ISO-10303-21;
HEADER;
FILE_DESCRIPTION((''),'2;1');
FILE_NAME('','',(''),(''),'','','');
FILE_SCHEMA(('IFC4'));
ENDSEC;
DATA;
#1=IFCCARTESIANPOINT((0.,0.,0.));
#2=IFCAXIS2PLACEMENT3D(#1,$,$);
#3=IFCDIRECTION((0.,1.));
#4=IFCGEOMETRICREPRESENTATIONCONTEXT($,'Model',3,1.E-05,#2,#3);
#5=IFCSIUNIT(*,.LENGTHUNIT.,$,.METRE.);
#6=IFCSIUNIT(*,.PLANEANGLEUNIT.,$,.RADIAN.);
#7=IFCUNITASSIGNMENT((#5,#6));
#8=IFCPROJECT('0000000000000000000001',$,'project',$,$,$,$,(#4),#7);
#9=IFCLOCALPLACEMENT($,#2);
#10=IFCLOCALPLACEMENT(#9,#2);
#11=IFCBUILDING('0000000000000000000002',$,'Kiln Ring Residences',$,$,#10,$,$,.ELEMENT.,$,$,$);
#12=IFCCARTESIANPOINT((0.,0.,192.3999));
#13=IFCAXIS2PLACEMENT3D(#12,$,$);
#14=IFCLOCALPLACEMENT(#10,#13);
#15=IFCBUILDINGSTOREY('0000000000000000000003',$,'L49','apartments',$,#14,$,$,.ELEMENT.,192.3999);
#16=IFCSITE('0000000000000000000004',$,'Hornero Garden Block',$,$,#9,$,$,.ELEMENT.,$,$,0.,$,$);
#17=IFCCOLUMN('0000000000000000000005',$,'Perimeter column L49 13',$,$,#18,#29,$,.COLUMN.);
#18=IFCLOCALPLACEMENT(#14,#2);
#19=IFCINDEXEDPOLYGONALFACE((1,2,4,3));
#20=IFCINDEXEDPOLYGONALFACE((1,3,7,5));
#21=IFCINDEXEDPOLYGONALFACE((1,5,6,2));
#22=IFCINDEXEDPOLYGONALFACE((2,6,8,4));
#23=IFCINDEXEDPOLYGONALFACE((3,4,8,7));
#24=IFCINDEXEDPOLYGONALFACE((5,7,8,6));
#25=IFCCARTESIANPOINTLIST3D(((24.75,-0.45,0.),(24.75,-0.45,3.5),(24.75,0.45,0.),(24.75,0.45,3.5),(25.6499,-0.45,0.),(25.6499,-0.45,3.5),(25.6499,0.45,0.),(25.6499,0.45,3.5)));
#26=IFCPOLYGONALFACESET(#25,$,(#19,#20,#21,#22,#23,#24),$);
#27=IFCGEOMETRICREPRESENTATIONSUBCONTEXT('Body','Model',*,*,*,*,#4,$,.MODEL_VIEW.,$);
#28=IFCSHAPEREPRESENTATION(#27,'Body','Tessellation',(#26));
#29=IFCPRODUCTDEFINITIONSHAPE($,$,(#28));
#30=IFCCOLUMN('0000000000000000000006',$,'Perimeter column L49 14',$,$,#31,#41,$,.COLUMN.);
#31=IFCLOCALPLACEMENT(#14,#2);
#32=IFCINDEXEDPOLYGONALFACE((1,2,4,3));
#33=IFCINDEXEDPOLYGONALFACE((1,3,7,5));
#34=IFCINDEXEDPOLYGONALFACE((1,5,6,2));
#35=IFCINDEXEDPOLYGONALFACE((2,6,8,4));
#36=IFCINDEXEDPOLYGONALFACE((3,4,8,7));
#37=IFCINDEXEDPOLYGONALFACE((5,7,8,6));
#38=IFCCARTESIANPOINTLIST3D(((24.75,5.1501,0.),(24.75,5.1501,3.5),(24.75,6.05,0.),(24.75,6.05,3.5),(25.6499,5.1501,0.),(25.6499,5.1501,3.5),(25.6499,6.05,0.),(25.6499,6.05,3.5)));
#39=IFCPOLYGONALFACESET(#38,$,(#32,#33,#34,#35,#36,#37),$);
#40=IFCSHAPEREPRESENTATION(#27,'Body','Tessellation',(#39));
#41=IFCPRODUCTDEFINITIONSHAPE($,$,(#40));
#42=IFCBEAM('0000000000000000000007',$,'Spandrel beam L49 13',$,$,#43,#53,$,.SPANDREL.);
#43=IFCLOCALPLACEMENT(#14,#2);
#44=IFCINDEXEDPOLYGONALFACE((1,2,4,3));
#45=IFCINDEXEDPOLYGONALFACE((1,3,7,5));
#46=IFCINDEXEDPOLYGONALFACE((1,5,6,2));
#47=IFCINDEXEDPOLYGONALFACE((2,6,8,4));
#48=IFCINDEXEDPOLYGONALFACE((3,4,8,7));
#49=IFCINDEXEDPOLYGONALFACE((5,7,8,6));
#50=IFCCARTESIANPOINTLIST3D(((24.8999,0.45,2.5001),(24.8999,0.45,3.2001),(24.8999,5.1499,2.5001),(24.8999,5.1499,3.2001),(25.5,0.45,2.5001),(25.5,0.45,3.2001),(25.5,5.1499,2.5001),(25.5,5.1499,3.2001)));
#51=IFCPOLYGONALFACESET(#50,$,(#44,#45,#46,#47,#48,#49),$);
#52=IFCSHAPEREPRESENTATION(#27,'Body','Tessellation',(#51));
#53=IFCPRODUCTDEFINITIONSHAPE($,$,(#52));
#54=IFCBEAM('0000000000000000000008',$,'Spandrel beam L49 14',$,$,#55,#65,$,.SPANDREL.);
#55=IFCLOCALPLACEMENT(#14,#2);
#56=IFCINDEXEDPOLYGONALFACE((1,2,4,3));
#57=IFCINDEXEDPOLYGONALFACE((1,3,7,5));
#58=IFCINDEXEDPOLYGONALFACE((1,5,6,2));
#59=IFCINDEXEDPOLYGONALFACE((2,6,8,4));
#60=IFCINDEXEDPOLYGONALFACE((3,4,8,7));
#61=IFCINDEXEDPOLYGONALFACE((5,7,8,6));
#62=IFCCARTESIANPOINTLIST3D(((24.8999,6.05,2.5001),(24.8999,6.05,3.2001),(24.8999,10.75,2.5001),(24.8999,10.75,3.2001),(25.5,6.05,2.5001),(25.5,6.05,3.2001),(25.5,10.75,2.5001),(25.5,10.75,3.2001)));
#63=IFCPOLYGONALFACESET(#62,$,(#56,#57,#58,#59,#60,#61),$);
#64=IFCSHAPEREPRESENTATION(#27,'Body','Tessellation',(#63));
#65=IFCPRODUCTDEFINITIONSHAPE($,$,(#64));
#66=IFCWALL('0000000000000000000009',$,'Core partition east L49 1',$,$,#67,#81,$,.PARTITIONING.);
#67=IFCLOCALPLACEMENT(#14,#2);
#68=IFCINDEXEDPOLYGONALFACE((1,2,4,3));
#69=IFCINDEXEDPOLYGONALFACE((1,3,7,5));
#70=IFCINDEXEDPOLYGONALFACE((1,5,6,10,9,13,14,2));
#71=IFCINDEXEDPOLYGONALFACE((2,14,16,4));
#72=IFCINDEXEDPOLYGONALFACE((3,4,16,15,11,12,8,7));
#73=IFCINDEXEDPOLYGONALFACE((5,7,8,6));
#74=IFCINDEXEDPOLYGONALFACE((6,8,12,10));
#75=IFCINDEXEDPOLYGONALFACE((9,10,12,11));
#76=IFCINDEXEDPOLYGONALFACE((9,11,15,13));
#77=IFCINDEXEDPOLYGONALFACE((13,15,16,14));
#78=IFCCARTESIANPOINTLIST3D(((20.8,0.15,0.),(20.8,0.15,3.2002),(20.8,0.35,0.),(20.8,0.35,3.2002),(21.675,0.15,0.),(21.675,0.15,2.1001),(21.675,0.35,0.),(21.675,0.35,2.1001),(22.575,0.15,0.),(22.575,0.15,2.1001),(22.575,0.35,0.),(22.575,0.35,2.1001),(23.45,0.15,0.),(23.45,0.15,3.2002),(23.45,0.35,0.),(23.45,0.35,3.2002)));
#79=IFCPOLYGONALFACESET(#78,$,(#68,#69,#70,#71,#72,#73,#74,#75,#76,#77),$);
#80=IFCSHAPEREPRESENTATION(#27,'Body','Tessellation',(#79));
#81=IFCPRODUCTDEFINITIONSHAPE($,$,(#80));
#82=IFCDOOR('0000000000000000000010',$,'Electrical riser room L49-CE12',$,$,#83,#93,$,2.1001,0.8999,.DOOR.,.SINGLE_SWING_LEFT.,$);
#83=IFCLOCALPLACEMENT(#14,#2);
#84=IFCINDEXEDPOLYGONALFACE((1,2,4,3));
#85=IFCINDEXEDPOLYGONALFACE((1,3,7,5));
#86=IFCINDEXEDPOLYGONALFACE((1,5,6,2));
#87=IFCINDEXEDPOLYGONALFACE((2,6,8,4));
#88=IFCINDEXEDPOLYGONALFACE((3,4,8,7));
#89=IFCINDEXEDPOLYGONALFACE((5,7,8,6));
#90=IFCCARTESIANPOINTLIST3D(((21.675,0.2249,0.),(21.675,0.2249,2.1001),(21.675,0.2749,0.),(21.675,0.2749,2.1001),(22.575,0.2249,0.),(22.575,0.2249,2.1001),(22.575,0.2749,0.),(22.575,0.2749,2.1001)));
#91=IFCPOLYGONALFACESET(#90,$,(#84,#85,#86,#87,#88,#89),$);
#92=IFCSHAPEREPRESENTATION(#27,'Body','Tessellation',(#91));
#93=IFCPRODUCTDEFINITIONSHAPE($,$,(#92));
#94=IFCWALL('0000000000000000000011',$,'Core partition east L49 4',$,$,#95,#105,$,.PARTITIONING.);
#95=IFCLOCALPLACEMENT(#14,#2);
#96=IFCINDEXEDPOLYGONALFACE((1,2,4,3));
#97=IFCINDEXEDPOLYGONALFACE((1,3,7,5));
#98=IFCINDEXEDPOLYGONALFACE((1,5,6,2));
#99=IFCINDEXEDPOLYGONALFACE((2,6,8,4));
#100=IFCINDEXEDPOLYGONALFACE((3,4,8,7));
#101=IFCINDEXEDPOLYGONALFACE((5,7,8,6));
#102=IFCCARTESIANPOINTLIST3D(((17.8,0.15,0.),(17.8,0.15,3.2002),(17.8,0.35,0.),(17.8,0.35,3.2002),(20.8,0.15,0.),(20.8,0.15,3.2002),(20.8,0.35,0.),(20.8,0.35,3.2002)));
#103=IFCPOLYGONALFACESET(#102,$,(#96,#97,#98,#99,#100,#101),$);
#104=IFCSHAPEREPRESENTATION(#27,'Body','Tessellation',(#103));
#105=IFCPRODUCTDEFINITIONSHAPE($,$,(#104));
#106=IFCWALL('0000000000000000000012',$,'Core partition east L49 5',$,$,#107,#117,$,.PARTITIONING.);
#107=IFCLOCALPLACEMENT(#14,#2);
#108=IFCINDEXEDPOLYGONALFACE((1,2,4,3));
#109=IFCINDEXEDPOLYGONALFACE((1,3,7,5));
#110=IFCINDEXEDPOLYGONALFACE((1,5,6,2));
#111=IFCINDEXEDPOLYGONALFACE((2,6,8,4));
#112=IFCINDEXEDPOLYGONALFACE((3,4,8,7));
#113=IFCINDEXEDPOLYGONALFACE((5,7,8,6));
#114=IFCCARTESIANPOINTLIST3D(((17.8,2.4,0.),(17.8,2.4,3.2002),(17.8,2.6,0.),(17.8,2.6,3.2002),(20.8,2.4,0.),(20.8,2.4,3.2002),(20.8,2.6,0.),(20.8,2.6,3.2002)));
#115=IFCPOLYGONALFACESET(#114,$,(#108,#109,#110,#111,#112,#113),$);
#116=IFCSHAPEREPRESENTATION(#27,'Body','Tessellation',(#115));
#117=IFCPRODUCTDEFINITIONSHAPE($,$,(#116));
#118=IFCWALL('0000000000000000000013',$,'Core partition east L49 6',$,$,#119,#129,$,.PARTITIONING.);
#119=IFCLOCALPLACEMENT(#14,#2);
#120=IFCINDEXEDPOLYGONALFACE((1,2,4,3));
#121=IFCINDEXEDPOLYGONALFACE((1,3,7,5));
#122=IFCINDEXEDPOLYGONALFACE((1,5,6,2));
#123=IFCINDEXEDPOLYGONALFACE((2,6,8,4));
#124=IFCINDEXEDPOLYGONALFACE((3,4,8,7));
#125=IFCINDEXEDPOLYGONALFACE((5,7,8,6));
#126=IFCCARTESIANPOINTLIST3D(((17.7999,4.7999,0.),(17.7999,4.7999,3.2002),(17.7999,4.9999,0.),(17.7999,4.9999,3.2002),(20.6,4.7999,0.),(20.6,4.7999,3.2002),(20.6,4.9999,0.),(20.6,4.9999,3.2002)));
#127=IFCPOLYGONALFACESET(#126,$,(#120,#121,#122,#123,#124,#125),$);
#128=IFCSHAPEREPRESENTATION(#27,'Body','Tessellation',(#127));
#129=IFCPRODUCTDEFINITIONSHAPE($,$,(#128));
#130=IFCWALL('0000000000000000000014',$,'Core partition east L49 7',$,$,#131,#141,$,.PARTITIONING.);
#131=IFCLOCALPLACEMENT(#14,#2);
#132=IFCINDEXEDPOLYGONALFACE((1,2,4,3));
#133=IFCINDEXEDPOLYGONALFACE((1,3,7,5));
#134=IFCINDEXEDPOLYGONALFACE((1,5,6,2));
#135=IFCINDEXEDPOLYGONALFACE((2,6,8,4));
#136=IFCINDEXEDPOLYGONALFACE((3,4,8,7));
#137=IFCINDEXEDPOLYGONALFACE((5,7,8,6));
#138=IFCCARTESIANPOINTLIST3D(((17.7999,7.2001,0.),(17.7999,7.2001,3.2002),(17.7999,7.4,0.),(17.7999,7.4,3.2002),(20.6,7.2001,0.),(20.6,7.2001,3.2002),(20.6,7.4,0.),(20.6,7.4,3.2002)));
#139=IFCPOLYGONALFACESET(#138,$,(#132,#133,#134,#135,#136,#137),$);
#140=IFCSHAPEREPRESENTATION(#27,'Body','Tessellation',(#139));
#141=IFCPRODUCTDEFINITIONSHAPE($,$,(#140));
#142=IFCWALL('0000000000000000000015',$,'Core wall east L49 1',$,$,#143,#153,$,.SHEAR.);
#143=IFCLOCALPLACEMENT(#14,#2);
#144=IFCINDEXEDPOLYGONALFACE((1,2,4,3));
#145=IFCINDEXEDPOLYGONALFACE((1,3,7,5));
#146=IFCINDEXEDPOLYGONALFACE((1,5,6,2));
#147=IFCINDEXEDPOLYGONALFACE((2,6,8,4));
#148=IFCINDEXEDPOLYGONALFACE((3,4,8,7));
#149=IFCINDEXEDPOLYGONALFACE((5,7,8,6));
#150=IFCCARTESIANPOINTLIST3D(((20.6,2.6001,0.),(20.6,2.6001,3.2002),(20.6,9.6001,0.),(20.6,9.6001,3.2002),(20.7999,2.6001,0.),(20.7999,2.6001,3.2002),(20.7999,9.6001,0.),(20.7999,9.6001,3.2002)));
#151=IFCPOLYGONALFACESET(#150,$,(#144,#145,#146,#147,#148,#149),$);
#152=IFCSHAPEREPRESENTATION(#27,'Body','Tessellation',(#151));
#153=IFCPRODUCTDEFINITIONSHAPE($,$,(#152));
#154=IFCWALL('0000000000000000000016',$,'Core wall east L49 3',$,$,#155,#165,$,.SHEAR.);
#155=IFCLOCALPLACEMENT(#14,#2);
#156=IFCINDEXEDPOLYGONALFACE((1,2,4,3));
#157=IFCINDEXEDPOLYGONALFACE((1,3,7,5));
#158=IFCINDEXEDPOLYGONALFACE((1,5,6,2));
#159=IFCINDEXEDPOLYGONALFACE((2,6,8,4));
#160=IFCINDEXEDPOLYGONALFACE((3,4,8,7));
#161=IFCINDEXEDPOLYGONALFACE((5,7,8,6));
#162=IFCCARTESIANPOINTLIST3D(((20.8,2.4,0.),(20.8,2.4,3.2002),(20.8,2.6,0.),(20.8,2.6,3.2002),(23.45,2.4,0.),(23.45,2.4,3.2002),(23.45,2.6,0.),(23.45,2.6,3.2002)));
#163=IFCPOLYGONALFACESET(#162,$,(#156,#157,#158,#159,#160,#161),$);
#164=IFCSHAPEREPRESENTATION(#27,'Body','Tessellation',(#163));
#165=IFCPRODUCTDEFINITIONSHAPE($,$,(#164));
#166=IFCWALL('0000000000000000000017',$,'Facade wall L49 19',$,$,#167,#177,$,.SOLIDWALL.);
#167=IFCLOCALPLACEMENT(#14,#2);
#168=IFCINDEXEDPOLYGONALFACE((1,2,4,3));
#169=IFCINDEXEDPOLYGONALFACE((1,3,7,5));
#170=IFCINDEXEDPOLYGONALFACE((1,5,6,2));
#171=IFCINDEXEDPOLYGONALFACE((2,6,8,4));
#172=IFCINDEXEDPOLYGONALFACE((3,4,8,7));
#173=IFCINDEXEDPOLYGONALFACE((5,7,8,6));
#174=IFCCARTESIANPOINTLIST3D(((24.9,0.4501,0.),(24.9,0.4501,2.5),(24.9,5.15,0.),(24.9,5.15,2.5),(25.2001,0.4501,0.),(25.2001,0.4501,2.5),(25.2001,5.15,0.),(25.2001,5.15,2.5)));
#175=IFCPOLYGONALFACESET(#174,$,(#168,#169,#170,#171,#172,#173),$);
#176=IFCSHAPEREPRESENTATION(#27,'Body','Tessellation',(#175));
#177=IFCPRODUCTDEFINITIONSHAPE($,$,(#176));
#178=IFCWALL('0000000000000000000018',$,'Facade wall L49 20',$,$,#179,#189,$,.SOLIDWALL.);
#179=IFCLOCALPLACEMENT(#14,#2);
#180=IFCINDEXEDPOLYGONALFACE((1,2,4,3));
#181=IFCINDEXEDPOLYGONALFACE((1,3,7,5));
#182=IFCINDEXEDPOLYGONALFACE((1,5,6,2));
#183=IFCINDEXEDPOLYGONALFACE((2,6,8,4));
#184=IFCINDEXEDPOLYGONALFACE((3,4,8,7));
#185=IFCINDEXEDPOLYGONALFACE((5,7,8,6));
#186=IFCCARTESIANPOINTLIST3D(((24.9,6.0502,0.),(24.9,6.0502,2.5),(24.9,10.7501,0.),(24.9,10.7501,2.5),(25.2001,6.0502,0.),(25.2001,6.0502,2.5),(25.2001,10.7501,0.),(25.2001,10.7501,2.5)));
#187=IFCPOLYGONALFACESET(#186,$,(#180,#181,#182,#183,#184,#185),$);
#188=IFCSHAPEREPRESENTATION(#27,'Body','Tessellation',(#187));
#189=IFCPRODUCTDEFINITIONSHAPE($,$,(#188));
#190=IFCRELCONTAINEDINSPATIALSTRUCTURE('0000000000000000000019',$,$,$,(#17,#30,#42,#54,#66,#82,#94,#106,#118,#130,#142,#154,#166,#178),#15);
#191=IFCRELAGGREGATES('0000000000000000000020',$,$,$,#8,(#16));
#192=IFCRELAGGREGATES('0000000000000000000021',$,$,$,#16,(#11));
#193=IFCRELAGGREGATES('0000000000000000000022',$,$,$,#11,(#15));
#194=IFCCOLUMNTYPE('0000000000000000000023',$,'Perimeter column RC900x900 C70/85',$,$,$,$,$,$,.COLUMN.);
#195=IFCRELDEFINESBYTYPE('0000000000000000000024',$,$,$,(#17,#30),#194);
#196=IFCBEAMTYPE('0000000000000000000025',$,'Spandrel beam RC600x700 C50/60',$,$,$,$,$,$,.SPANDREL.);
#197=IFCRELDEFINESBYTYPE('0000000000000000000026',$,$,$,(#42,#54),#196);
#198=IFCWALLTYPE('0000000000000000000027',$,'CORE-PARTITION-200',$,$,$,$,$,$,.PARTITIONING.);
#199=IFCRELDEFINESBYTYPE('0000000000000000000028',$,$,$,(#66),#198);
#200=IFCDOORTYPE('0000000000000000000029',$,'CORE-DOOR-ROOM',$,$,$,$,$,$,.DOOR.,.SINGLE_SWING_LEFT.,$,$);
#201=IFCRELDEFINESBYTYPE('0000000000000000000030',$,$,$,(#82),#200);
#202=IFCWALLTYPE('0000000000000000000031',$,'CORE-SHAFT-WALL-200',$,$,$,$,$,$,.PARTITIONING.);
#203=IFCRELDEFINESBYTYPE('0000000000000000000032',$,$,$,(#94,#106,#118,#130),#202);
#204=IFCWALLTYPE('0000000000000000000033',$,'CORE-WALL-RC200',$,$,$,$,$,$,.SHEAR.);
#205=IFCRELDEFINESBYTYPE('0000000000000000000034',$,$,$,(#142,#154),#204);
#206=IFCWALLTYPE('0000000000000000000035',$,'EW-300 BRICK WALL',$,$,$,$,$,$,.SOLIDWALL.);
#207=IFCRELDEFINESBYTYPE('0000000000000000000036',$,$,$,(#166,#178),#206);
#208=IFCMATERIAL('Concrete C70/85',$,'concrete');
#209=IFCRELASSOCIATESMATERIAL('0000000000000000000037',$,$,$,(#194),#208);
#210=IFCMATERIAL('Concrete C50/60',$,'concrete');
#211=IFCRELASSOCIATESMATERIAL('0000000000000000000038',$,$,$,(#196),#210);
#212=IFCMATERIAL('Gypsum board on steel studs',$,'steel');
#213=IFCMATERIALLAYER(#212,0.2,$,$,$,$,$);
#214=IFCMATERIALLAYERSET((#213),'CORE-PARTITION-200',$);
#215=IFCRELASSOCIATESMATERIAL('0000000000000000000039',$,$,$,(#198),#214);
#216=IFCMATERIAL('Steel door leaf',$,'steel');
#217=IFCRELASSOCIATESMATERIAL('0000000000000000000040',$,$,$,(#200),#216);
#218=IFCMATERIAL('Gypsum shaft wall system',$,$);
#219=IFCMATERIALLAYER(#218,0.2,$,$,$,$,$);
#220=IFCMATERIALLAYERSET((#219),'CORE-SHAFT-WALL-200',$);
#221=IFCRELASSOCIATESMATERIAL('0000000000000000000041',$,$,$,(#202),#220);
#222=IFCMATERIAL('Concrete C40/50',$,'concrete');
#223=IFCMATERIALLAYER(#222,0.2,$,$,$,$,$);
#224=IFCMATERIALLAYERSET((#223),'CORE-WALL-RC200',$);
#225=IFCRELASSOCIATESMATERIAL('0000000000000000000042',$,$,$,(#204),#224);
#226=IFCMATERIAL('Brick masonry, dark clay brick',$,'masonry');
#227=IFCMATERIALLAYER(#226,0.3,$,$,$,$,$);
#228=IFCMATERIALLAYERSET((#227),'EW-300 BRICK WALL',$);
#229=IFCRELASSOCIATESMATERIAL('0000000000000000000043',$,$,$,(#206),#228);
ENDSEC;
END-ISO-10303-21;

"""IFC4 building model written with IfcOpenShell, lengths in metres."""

from ifc_helpers import new_model, si_unit, direction, frame, frame_2d, origin, origin_2d, place, context, subcontext, project, spatial, rectangle, extrude, material, layer, layer_set, material_profile, profile_set, type_object, element, fill, save


model = new_model("IFC4")

# Units and contexts
model_context = context("Model", 3, precision=1e-05, world=origin(), true_north=direction((0.0, 1.0)))
body_context = subcontext(model_context, "Body", "Model", "MODEL_VIEW")
ifc_project = project(units=[si_unit("LENGTHUNIT", "METRE"), si_unit("PLANEANGLEUNIT", "RADIAN")], contexts=[model_context])

# Site, building, storey
site_placement = place(None, origin())
site = spatial("IfcSite", under=ifc_project, at=site_placement, Name="Hornero Garden Block", CompositionType="ELEMENT", RefElevation=0.0)
building_placement = place(site_placement, origin())
building = spatial("IfcBuilding", under=site, at=building_placement, Name="Kiln Ring Residences", CompositionType="ELEMENT")
storey_placement = place(building_placement, frame((0.0, 0.0, 192.3999)))
storey = spatial("IfcBuildingStorey", under=building, at=storey_placement, Name="L49", Description="apartments", CompositionType="ELEMENT", Elevation=192.3999)

# Columns
ifc_material_1 = material(Name="Concrete C70/85", Category="concrete")
ifc_material_profile_1 = material_profile(ifc_material_1, rectangle(XDim=0.8999, YDim=0.8999, at=origin_2d()), Name="RC900x900")
ifc_profile_set_1 = profile_set([ifc_material_profile_1], Name="Concrete C70/85")
column_type = type_object("IfcColumnType", Name="Perimeter column RC900x900 C70/85", PredefinedType="COLUMN", material=ifc_profile_set_1)
for number, where, z_axis, x_axis, name in (
    (1, (25.2, 0.0, 0.0), (0.0, 0.0, 1.0), (1.0, 0.0, 0.0), "Perimeter column L49 13"),
    (2, (25.2, 5.6001, 0.0), (0.0, 0.0, 1.0), (1.0, 0.0, 0.0), "Perimeter column L49 14"),
):
    element("IfcColumn", number, at=place(storey_placement, frame(where, z_axis=z_axis, x_axis=x_axis)), inside=storey, type_object=column_type, Name=name, PredefinedType="COLUMN", context=body_context, shape_type="SweptSolid", body=[
        extrude(rectangle(XDim=0.8999, YDim=0.8999, at=origin_2d()), origin(), (0.0, 0.0, 1.0), 3.5),
    ])

# Beams
ifc_material_2 = material(Name="Concrete C50/60", Category="concrete")
ifc_material_profile_2 = material_profile(ifc_material_2, rectangle(XDim=0.6001, YDim=0.7, at=origin_2d()), Name="RC600x700")
ifc_profile_set_2 = profile_set([ifc_material_profile_2], Name="Concrete C50/60")
beam_type = type_object("IfcBeamType", Name="Spandrel beam RC600x700 C50/60", PredefinedType="SPANDREL", material=ifc_profile_set_2)
for number, where, z_axis, x_axis, name in (
    (3, (25.2, 0.45, 2.8501), (0.0, 1.0, 0.0), (-1.0, 0.0, 0.0), "Spandrel beam L49 13"),
    (4, (25.2, 6.05, 2.8501), (0.0, 1.0, 0.0), (-1.0, 0.0, 0.0), "Spandrel beam L49 14"),
):
    element("IfcBeam", number, at=place(storey_placement, frame(where, z_axis=z_axis, x_axis=x_axis)), inside=storey, type_object=beam_type, Name=name, PredefinedType="SPANDREL", context=body_context, shape_type="SweptSolid", body=[
        extrude(rectangle(XDim=0.6001, YDim=0.7, at=origin_2d()), origin(), (0.0, 0.0, 1.0), 4.7),
    ])

# Wall, opening, door
ifc_material_3 = material(Name="Gypsum board on steel studs", Category="steel")
ifc_layer_1 = layer(ifc_material_3, 0.2)
ifc_layer_set_1 = layer_set([ifc_layer_1], Name="CORE-PARTITION-200")
wall_type_1 = type_object("IfcWallType", Name="CORE-PARTITION-200", PredefinedType="PARTITIONING", material=ifc_layer_set_1)
wall_1_placement = place(storey_placement, frame((20.8, 0.25, 0.0), z_axis=(0.0, 0.0, 1.0), x_axis=(1.0, 0.0, 0.0)))
wall_1 = element("IfcWall", 5, at=wall_1_placement, inside=storey, type_object=wall_type_1, Name="Core partition east L49 1", PredefinedType="PARTITIONING", context=body_context, shape_type="SweptSolid", body=[
    extrude(rectangle(XDim=2.6499, YDim=0.2, at=frame_2d((1.325, 0.0))), origin(), (0.0, 0.0, 1.0), 3.2002),
])
opening_placement = place(wall_1_placement, frame((0.875, 0.0, 0.0)))
opening = element("IfcOpeningElement", 6, at=opening_placement, cuts=wall_1, PredefinedType="OPENING", context=body_context, shape_type="SweptSolid", body=[
    extrude(rectangle(XDim=0.8999, YDim=2.1001, at=frame_2d((0.45, 1.05))), frame((0.0, 0.1099, 0.0), z_axis=(0.0, -1.0, 0.0), x_axis=(1.0, 0.0, 0.0)), (0.0, 0.0, 1.0), 0.22),
])
ifc_material_4 = material(Name="Steel door leaf", Category="steel")
door_type = type_object("IfcDoorType", Name="CORE-DOOR-ROOM", OperationType="SINGLE_SWING_LEFT", PredefinedType="DOOR", material=ifc_material_4)
door_placement = place(opening_placement, origin())
door = element("IfcDoor", 7, at=door_placement, inside=storey, type_object=door_type, Name="Electrical riser room L49-CE12", OperationType="SINGLE_SWING_LEFT", OverallHeight=2.1001, OverallWidth=0.8999, PredefinedType="DOOR", context=body_context, shape_type="SweptSolid", body=[
    extrude(rectangle(XDim=0.8999, YDim=2.1001, at=frame_2d((0.45, 1.05))), frame((0.0, 0.0249, 0.0), z_axis=(0.0, -1.0, 0.0), x_axis=(1.0, 0.0, 0.0)), (0.0, 0.0, 1.0), 0.05),
])
fill(opening, door)

# Walls
ifc_material_5 = material(Name="Gypsum shaft wall system")
ifc_layer_2 = layer(ifc_material_5, 0.2)
ifc_layer_set_2 = layer_set([ifc_layer_2], Name="CORE-SHAFT-WALL-200")
wall_type_2 = type_object("IfcWallType", Name="CORE-SHAFT-WALL-200", PredefinedType="PARTITIONING", material=ifc_layer_set_2)
for number, where, z_axis, x_axis, name in (
    (8, (17.8, 0.25, 0.0), (0.0, 0.0, 1.0), (1.0, 0.0, 0.0), "Core partition east L49 4"),
    (9, (17.8, 2.5, 0.0), (0.0, 0.0, 1.0), (1.0, 0.0, 0.0), "Core partition east L49 5"),
):
    element("IfcWall", number, at=place(storey_placement, frame(where, z_axis=z_axis, x_axis=x_axis)), inside=storey, type_object=wall_type_2, Name=name, PredefinedType="PARTITIONING", context=body_context, shape_type="SweptSolid", body=[
        extrude(rectangle(XDim=3.0, YDim=0.2, at=frame_2d((1.5, 0.0))), origin(), (0.0, 0.0, 1.0), 3.2002),
    ])
for number, where, z_axis, x_axis, name in (
    (10, (17.8, 4.8999, 0.0), (0.0, 0.0, 1.0), (1.0, 0.0, 0.0), "Core partition east L49 6"),
    (11, (17.8, 7.3, 0.0), (0.0, 0.0, 1.0), (1.0, 0.0, 0.0), "Core partition east L49 7"),
):
    element("IfcWall", number, at=place(storey_placement, frame(where, z_axis=z_axis, x_axis=x_axis)), inside=storey, type_object=wall_type_2, Name=name, PredefinedType="PARTITIONING", context=body_context, shape_type="SweptSolid", body=[
        extrude(rectangle(XDim=2.8, YDim=0.2, at=frame_2d((1.3999, 0.0))), origin(), (0.0, 0.0, 1.0), 3.2002),
    ])
ifc_material_6 = material(Name="Concrete C40/50", Category="concrete")
ifc_layer_3 = layer(ifc_material_6, 0.2)
ifc_layer_set_3 = layer_set([ifc_layer_3], Name="CORE-WALL-RC200")
wall_type_3 = type_object("IfcWallType", Name="CORE-WALL-RC200", PredefinedType="SHEAR", material=ifc_layer_set_3)
wall_2_placement = place(storey_placement, frame((20.7, 2.6001, 0.0), z_axis=(0.0, 0.0, 1.0), x_axis=(0.0, 1.0, 0.0)))
element("IfcWall", 12, at=wall_2_placement, inside=storey, type_object=wall_type_3, Name="Core wall east L49 1", PredefinedType="SHEAR", context=body_context, shape_type="SweptSolid", body=[
    extrude(rectangle(XDim=7.0, YDim=0.2, at=frame_2d((3.5, 0.0))), origin(), (0.0, 0.0, 1.0), 3.2002),
])
wall_3_placement = place(storey_placement, frame((20.8, 2.5, 0.0), z_axis=(0.0, 0.0, 1.0), x_axis=(1.0, 0.0, 0.0)))
element("IfcWall", 13, at=wall_3_placement, inside=storey, type_object=wall_type_3, Name="Core wall east L49 3", PredefinedType="SHEAR", context=body_context, shape_type="SweptSolid", body=[
    extrude(rectangle(XDim=2.6499, YDim=0.2, at=frame_2d((1.325, 0.0))), origin(), (0.0, 0.0, 1.0), 3.2002),
])
ifc_material_7 = material(Name="Brick masonry, dark clay brick", Category="masonry")
ifc_layer_4 = layer(ifc_material_7, 0.3)
ifc_layer_set_4 = layer_set([ifc_layer_4], Name="EW-300 BRICK WALL")
wall_type_4 = type_object("IfcWallType", Name="EW-300 BRICK WALL", PredefinedType="SOLIDWALL", material=ifc_layer_set_4)
for number, where, z_axis, x_axis, name in (
    (14, (25.05, 0.45, 0.0), (0.0, 0.0, 1.0), (0.0, 1.0, 0.0), "Facade wall L49 19"),
    (15, (25.05, 6.05, 0.0), (0.0, 0.0, 1.0), (0.0, 1.0, 0.0), "Facade wall L49 20"),
):
    element("IfcWall", number, at=place(storey_placement, frame(where, z_axis=z_axis, x_axis=x_axis)), inside=storey, type_object=wall_type_4, Name=name, PredefinedType="SOLIDWALL", context=body_context, shape_type="SweptSolid", body=[
        extrude(rectangle(XDim=4.7, YDim=0.3, at=frame_2d((2.3501, 0.0))), origin(), (0.0, 0.0, 1.0), 2.5),
    ])

save(model, "model.ifc")
